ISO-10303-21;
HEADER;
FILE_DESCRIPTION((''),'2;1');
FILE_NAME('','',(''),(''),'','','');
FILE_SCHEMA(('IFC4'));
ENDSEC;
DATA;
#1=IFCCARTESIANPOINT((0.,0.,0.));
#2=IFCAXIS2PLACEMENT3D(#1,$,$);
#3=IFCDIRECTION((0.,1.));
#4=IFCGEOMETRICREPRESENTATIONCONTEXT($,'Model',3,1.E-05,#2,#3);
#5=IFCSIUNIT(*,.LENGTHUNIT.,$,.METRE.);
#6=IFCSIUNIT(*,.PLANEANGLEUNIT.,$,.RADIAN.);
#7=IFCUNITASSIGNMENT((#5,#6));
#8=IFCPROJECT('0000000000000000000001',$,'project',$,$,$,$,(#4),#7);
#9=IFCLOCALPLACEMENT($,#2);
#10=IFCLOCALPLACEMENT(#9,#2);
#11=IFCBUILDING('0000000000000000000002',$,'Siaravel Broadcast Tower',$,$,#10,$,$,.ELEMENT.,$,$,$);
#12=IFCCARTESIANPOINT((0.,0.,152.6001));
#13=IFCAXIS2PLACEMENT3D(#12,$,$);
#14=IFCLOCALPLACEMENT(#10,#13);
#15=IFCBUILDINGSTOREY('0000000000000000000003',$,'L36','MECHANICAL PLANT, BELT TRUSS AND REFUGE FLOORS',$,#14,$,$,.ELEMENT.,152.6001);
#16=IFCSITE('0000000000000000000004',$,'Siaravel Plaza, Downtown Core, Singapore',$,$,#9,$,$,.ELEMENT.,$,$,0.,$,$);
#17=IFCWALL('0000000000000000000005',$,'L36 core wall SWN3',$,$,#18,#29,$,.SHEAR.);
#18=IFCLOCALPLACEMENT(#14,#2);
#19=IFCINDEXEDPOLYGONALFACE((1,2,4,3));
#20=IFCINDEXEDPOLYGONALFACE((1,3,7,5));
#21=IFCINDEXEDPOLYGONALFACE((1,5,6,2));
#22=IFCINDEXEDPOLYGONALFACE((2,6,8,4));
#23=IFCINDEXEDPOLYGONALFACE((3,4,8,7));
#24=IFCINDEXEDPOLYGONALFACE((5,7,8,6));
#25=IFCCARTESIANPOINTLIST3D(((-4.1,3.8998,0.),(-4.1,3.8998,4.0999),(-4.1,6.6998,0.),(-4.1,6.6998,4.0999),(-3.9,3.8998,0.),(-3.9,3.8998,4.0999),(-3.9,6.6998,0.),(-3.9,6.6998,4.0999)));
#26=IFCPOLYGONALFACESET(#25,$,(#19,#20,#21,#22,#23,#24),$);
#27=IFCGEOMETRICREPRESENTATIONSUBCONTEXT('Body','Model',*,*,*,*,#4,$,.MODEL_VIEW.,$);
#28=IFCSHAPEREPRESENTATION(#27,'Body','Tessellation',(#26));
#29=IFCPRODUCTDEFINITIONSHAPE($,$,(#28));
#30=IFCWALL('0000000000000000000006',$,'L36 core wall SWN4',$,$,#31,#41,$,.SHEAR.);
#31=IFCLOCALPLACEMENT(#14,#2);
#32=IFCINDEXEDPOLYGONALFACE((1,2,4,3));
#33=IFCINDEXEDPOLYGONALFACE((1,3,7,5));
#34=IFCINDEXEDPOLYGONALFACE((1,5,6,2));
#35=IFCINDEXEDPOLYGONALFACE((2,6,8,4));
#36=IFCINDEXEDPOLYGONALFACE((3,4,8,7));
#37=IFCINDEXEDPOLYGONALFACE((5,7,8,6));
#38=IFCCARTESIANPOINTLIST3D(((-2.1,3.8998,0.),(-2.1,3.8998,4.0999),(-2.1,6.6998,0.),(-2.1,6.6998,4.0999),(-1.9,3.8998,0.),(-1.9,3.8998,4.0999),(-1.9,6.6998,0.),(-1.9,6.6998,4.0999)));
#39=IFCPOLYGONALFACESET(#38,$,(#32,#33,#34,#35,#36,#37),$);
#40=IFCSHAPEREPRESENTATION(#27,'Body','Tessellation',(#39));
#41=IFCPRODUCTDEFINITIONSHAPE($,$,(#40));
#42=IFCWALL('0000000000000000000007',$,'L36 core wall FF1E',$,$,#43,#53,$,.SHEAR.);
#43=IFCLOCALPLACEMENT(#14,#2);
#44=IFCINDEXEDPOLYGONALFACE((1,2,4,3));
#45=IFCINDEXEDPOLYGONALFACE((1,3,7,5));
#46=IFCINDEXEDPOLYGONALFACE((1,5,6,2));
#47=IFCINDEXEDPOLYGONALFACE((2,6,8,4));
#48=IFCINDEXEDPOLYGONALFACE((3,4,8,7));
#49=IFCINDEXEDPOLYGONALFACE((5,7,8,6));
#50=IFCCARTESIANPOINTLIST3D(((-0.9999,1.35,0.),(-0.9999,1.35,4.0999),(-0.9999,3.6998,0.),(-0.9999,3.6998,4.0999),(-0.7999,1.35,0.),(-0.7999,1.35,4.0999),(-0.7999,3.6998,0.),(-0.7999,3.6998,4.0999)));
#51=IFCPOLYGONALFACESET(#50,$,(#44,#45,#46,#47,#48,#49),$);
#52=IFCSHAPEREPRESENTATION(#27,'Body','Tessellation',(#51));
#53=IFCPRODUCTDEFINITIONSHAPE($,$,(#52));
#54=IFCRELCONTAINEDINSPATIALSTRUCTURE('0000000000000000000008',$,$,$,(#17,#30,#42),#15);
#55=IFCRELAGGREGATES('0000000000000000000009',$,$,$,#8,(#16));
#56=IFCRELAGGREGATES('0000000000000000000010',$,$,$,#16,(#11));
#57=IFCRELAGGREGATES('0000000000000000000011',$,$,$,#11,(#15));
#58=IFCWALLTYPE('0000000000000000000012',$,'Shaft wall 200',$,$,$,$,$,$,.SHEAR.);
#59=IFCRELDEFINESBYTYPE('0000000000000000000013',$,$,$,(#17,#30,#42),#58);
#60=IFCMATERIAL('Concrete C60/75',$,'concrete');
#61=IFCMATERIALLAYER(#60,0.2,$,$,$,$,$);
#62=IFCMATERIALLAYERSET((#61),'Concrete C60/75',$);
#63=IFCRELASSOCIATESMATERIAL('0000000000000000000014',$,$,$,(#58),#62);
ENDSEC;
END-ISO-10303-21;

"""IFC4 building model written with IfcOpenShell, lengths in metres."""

from ifc_helpers import new_model, si_unit, direction, frame, frame_2d, origin, place, context, subcontext, project, spatial, rectangle, extrude, material, layer, layer_set, type_object, element, save


model = new_model("IFC4")

# Units and contexts
model_context = context("Model", 3, precision=1e-05, world=origin(), true_north=direction((0.0, 1.0)))
body_context = subcontext(model_context, "Body", "Model", "MODEL_VIEW")
ifc_project = project(units=[si_unit("LENGTHUNIT", "METRE"), si_unit("PLANEANGLEUNIT", "RADIAN")], contexts=[model_context])

# Site, building, storey
site_placement = place(None, origin())
site = spatial("IfcSite", under=ifc_project, at=site_placement, Name="Siaravel Plaza, Downtown Core, Singapore", CompositionType="ELEMENT", RefElevation=0.0)
building_placement = place(site_placement, origin())
building = spatial("IfcBuilding", under=site, at=building_placement, Name="Siaravel Broadcast Tower", CompositionType="ELEMENT")
storey_placement = place(building_placement, frame((0.0, 0.0, 152.6001)))
storey = spatial("IfcBuildingStorey", under=building, at=storey_placement, Name="L36", Description="MECHANICAL PLANT, BELT TRUSS AND REFUGE FLOORS", CompositionType="ELEMENT", Elevation=152.6001)

# Shared definitions
ifc_material_1 = material(Name="Concrete C60/75", Category="concrete")

# Walls
ifc_layer_1 = layer(ifc_material_1, 0.2)
ifc_layer_set_1 = layer_set([ifc_layer_1], Name="Concrete C60/75")
wall_type_1 = type_object("IfcWallType", Name="Shaft wall 200", PredefinedType="SHEAR", material=ifc_layer_set_1)
for number, where, z_axis, x_axis, name in (
    (1, (-4.0, 3.8999, 0.0), (0.0, 0.0, 1.0), (0.0, 1.0, 0.0), "L36 core wall SWN3"),
    (2, (-2.0, 3.8999, 0.0), (0.0, 0.0, 1.0), (0.0, 1.0, 0.0), "L36 core wall SWN4"),
):
    element("IfcWall", number, at=place(storey_placement, frame(where, z_axis=z_axis, x_axis=x_axis)), inside=storey, type_object=wall_type_1, Name=name, PredefinedType="SHEAR", context=body_context, shape_type="SweptSolid", body=[
        extrude(rectangle(XDim=2.8, YDim=0.2, at=frame_2d((1.3999, 0.0))), origin(), (0.0, 0.0, 1.0), 4.0999),
    ])
wall_1_placement = place(storey_placement, frame((-0.8999, 1.3501, 0.0), z_axis=(0.0, 0.0, 1.0), x_axis=(0.0, 1.0, 0.0)))
element("IfcWall", 3, at=wall_1_placement, inside=storey, type_object=wall_type_1, Name="L36 core wall FF1E", PredefinedType="SHEAR", context=body_context, shape_type="SweptSolid", body=[
    extrude(rectangle(XDim=2.3499, YDim=0.2, at=frame_2d((1.1748, 0.0))), origin(), (0.0, 0.0, 1.0), 4.0999),
])

save(model, "model.ifc")
